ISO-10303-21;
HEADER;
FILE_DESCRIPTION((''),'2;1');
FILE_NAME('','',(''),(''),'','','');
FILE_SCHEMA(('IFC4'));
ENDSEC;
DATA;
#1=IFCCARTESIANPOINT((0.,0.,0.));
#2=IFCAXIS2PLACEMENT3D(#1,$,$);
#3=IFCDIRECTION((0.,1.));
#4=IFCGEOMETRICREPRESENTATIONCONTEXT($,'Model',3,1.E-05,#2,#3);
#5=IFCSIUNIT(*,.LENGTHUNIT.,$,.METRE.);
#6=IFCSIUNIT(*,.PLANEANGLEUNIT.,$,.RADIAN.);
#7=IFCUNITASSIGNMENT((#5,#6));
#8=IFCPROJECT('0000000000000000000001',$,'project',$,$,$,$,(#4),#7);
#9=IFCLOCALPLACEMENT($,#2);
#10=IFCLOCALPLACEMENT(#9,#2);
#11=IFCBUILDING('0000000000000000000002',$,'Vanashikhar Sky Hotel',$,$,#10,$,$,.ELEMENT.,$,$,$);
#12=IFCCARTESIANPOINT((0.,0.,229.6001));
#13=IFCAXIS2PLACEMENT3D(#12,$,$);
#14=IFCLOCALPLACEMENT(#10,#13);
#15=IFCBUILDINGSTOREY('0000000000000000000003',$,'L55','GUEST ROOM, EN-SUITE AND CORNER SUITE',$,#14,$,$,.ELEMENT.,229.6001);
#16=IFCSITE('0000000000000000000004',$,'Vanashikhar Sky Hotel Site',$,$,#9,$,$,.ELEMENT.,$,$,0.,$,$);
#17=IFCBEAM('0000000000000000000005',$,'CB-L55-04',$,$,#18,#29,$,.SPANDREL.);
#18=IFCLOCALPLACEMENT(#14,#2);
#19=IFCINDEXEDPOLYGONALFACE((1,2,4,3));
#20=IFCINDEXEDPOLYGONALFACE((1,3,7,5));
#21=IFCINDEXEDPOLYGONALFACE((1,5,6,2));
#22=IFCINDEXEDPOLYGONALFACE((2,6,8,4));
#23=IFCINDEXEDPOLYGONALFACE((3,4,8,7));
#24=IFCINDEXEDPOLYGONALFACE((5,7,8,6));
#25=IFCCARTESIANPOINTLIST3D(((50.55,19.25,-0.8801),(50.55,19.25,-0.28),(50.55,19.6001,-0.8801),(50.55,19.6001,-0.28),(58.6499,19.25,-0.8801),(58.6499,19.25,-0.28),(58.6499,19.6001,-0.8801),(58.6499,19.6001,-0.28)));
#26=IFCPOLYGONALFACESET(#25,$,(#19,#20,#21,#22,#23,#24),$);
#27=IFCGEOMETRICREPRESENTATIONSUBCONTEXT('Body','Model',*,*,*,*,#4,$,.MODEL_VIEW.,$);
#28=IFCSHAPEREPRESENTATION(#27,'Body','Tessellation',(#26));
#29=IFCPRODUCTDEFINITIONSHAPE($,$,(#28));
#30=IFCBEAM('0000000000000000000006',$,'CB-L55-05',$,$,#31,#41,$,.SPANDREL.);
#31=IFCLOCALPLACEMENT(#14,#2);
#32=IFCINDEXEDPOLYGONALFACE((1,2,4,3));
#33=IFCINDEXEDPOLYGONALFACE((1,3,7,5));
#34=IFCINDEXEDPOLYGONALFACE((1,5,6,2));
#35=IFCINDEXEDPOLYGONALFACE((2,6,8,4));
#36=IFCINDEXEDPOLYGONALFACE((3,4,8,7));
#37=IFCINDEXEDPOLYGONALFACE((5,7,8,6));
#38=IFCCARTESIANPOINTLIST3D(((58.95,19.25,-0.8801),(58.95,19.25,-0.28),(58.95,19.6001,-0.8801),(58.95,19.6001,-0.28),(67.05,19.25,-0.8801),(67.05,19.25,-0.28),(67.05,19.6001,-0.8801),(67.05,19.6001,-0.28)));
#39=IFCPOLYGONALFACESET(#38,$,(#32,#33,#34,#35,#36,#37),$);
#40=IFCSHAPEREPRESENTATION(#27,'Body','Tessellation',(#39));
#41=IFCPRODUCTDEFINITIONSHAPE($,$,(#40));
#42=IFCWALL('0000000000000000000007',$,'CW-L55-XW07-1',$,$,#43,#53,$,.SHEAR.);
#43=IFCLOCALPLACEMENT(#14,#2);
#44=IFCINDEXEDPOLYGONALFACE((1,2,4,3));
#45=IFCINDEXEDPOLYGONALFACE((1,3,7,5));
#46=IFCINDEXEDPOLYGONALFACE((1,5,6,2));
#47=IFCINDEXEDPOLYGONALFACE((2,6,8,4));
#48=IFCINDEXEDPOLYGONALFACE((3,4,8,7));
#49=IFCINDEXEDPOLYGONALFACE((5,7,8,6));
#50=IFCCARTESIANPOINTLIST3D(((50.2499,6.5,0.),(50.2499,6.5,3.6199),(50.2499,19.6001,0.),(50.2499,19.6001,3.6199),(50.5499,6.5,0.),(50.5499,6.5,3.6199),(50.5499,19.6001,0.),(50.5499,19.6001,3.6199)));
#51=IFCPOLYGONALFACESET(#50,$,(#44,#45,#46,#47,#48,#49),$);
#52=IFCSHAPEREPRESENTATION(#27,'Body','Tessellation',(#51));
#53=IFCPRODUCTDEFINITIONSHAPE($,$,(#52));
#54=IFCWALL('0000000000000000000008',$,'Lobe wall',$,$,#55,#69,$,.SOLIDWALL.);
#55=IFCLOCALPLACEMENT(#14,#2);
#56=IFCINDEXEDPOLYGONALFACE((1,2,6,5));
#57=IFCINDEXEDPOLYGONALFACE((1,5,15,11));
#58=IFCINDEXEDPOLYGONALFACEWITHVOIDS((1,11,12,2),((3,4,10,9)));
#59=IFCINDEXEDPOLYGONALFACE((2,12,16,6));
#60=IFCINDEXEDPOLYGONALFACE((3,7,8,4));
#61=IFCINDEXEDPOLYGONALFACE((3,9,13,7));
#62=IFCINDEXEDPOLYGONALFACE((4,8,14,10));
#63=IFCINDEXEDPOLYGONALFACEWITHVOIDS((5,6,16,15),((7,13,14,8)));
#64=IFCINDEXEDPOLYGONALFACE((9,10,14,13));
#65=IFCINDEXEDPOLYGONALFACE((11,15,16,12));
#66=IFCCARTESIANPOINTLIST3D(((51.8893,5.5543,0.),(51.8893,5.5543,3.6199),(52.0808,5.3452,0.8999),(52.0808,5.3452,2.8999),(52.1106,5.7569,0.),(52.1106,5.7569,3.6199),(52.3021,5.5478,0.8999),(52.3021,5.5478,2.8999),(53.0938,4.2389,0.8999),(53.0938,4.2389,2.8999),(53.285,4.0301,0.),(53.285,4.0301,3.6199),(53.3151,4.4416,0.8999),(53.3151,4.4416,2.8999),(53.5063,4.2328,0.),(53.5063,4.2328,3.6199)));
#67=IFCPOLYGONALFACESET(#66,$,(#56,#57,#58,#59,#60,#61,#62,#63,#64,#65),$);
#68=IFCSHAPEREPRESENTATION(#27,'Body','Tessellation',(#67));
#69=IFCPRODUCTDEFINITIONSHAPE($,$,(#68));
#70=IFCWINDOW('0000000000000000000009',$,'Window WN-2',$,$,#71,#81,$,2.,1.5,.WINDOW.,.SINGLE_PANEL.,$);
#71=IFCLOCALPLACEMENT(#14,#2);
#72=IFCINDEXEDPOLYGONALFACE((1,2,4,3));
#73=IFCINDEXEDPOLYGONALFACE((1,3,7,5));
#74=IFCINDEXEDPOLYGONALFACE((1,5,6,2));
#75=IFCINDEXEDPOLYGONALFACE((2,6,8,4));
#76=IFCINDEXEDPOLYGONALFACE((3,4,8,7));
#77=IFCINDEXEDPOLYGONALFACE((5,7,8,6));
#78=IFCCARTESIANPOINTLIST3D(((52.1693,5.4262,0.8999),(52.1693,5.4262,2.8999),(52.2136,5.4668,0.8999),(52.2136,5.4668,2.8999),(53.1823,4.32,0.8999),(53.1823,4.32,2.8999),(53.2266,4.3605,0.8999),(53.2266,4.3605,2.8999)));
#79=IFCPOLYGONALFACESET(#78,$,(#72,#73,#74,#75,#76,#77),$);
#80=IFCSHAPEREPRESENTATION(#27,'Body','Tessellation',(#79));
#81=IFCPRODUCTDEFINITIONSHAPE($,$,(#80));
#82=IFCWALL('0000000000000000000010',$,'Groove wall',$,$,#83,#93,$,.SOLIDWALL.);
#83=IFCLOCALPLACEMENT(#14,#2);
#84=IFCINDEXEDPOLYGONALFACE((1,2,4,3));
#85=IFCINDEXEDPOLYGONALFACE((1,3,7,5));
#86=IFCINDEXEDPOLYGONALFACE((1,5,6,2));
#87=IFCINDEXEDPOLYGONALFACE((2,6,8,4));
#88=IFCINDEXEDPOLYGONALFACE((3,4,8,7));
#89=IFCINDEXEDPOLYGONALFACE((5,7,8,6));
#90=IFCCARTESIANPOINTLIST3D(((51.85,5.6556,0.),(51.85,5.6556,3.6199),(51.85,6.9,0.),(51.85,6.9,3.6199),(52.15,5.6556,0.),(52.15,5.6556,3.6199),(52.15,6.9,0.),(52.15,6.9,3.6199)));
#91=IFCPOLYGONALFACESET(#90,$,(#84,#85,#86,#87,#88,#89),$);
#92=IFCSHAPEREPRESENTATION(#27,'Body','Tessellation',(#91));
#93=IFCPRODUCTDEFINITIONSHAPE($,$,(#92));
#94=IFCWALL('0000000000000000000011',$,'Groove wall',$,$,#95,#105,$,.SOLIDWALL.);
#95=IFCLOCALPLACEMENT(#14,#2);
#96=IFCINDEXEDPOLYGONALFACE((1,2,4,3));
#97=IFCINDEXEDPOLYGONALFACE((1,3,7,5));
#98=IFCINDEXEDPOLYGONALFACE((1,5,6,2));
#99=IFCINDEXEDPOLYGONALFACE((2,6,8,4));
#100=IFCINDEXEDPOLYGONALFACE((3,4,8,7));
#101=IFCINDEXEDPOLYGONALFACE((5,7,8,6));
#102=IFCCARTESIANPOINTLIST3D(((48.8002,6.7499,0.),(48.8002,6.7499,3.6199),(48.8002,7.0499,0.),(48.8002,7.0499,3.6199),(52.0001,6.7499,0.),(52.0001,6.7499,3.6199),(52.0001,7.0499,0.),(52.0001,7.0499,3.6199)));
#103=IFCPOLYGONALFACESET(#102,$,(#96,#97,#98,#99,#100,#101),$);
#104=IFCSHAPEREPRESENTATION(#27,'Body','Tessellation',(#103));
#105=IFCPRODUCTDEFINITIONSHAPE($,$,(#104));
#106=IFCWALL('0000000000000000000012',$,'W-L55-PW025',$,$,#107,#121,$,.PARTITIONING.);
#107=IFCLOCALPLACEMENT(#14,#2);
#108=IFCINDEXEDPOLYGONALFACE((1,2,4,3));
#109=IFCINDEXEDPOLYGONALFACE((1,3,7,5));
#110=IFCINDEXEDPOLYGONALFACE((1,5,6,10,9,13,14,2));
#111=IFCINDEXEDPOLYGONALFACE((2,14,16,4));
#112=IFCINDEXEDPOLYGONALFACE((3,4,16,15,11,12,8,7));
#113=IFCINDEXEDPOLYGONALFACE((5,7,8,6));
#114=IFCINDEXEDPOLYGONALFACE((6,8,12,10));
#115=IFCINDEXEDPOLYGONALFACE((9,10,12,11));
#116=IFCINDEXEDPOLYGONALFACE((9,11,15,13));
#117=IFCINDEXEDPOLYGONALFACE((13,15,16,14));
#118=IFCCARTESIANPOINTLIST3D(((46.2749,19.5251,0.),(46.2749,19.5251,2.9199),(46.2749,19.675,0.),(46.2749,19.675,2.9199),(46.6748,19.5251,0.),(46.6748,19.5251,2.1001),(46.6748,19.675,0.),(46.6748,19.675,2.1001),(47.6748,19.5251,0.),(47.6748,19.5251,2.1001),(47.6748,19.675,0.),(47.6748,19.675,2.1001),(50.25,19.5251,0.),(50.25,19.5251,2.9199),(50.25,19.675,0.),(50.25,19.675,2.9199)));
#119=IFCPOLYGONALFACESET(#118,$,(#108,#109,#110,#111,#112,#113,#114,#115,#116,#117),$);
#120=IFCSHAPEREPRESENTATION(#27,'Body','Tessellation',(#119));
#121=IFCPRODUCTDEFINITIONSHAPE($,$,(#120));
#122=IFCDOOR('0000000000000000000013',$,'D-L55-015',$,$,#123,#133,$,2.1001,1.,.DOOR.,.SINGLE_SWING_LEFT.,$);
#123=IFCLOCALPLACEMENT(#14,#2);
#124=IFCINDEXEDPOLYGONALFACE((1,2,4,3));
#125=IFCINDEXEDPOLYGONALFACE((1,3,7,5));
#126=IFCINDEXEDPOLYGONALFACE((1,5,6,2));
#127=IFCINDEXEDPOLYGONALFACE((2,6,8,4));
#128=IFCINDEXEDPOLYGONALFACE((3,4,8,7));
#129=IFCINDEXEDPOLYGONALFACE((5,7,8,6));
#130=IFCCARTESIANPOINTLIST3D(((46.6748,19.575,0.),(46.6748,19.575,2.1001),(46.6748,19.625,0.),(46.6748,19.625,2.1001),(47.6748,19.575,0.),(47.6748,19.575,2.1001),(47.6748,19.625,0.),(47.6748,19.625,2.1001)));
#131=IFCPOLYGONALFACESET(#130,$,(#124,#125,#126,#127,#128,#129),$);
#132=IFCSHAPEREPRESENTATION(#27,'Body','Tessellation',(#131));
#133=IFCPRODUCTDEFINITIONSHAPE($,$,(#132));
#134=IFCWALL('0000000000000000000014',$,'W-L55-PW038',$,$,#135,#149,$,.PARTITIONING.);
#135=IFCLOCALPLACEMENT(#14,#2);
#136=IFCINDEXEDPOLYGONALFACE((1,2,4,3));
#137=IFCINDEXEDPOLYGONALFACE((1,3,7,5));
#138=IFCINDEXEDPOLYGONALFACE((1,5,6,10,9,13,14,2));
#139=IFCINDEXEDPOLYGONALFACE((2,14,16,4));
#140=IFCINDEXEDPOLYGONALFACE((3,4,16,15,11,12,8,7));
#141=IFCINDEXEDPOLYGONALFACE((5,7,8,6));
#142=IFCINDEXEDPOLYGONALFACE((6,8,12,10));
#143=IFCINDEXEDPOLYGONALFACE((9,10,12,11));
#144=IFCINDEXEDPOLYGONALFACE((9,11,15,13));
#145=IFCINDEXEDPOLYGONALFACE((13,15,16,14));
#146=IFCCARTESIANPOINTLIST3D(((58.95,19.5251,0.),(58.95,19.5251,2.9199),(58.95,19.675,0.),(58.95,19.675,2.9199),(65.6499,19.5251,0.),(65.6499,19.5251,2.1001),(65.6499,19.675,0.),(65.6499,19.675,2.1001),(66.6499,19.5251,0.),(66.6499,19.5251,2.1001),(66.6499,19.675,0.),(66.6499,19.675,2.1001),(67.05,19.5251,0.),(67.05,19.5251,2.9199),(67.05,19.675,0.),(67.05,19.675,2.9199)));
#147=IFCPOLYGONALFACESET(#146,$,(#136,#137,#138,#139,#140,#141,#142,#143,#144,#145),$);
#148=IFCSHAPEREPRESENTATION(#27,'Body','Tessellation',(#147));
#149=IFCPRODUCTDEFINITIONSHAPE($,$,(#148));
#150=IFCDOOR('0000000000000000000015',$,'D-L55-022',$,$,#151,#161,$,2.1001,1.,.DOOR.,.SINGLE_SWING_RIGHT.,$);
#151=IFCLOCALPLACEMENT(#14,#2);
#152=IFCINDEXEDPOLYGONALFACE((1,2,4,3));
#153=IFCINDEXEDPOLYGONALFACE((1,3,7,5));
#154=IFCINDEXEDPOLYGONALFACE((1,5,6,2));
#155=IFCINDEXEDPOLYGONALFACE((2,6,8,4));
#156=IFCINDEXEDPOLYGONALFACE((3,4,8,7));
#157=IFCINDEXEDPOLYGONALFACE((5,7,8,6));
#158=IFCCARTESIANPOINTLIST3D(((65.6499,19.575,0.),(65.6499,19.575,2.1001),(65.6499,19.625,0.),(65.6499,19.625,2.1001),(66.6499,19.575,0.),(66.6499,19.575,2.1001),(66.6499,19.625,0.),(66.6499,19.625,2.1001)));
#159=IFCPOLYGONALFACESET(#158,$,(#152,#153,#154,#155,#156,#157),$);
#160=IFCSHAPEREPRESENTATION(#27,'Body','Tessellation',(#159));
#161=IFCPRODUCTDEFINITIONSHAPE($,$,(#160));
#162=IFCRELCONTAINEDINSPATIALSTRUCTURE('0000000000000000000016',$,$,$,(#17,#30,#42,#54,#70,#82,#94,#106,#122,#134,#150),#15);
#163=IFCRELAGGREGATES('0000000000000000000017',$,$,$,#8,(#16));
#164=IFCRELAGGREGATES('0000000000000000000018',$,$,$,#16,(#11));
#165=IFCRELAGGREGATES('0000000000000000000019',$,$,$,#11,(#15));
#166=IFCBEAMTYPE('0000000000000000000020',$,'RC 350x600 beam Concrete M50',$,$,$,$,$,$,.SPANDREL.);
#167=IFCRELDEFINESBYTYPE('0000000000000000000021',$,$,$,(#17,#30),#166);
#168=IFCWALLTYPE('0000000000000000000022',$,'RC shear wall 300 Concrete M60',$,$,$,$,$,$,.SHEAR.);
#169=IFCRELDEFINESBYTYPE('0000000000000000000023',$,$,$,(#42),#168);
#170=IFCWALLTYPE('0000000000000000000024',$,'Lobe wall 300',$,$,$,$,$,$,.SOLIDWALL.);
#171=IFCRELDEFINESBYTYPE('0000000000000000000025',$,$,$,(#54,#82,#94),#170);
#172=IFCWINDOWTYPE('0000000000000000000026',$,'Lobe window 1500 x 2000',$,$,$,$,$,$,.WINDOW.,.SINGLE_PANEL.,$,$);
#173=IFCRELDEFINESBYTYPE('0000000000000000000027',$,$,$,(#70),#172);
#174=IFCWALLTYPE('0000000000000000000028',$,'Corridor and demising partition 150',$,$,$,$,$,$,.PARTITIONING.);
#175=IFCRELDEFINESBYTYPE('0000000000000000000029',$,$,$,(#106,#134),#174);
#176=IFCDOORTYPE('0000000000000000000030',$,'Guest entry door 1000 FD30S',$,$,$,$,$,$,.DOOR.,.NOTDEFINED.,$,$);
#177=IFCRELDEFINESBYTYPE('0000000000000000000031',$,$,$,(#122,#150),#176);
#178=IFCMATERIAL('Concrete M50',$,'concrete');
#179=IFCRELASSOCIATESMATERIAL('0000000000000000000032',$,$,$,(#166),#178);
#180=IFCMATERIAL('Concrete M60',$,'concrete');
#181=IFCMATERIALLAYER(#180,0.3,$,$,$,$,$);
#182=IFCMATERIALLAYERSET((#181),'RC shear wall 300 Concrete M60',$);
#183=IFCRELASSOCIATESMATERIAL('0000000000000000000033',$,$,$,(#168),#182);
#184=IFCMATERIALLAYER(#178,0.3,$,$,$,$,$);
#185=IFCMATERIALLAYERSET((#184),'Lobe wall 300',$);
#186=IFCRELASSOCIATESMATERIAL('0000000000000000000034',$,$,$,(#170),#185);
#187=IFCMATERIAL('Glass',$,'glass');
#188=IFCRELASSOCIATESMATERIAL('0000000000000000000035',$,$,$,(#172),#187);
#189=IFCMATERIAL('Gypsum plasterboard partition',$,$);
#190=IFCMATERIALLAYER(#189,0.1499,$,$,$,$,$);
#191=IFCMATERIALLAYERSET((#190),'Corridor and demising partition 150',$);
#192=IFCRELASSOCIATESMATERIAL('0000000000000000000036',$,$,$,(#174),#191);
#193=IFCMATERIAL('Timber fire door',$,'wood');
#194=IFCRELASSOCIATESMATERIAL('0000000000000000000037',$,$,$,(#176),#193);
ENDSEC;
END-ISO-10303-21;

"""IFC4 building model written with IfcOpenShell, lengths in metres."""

from ifc_helpers import new_model, si_unit, direction, frame, frame_2d, origin, origin_2d, place, context, subcontext, project, spatial, rectangle, extrude, source, transform, mapped, material, layer, layer_set, material_profile, profile_set, type_object, element, fill, save


model = new_model("IFC4")

# Units and contexts
model_context = context("Model", 3, precision=1e-05, world=origin(), true_north=direction((0.0, 1.0)))
body_context = subcontext(model_context, "Body", "Model", "MODEL_VIEW")
ifc_project = project(units=[si_unit("LENGTHUNIT", "METRE"), si_unit("PLANEANGLEUNIT", "RADIAN")], contexts=[model_context])

# Site, building, storey
site_placement = place(None, origin())
site = spatial("IfcSite", under=ifc_project, at=site_placement, Name="Vanashikhar Sky Hotel Site", CompositionType="ELEMENT", RefElevation=0.0)
building_placement = place(site_placement, origin())
building = spatial("IfcBuilding", under=site, at=building_placement, Name="Vanashikhar Sky Hotel", CompositionType="ELEMENT")
storey_placement = place(building_placement, frame((0.0, 0.0, 229.6001)))
storey = spatial("IfcBuildingStorey", under=building, at=storey_placement, Name="L55", Description="GUEST ROOM, EN-SUITE AND CORNER SUITE", CompositionType="ELEMENT", Elevation=229.6001)

# Beams
ifc_material_1 = material(Name="Concrete M50", Category="concrete")
ifc_material_profile = material_profile(ifc_material_1, rectangle(XDim=0.3501, YDim=0.6001, at=origin_2d()))
ifc_profile_set = profile_set([ifc_material_profile], Name="RC 350x600 beam Concrete M50")
beam_type = type_object("IfcBeamType", Name="RC 350x600 beam Concrete M50", PredefinedType="SPANDREL", material=ifc_profile_set)
shared_shape_1 = source(origin(), body_context, "Body", "SweptSolid", [
    extrude(rectangle(XDim=0.3501, YDim=0.6001, at=origin_2d()), origin(), (0.0, 0.0, 1.0), 8.0999),
])
beam_1_placement = place(storey_placement, frame((50.55, 19.425, -0.5801), z_axis=(1.0, 0.0, 0.0), x_axis=(0.0, 1.0, 0.0)))
element("IfcBeam", 1, at=beam_1_placement, inside=storey, type_object=beam_type, Name="CB-L55-04", PredefinedType="SPANDREL", context=body_context, shape_type="MappedRepresentation", body=[
    mapped(shared_shape_1, transform((0.0, 0.0, 0.0), scale=1.0)),
])
shared_shape_2 = source(origin(), body_context, "Body", "SweptSolid", [
    extrude(rectangle(XDim=0.3501, YDim=0.6001, at=origin_2d()), origin(), (0.0, 0.0, 1.0), 8.1001),
])
beam_2_placement = place(storey_placement, frame((58.95, 19.425, -0.5801), z_axis=(1.0, 0.0, 0.0), x_axis=(0.0, 1.0, 0.0)))
element("IfcBeam", 2, at=beam_2_placement, inside=storey, type_object=beam_type, Name="CB-L55-05", PredefinedType="SPANDREL", context=body_context, shape_type="MappedRepresentation", body=[
    mapped(shared_shape_2, transform((0.0, 0.0, 0.0), scale=1.0)),
])

# Wall
ifc_material_2 = material(Name="Concrete M60", Category="concrete")
ifc_layer_1 = layer(ifc_material_2, 0.3)
ifc_layer_set_1 = layer_set([ifc_layer_1], Name="RC shear wall 300 Concrete M60")
wall_type_1 = type_object("IfcWallType", Name="RC shear wall 300 Concrete M60", PredefinedType="SHEAR", material=ifc_layer_set_1)
shared_shape_3 = source(origin(), body_context, "Body", "SweptSolid", [
    extrude(rectangle(XDim=13.1001, YDim=0.3, at=frame_2d((6.55, 0.0))), origin(), (0.0, 0.0, 1.0), 3.6199),
])
wall_1_placement = place(storey_placement, frame((50.3999, 6.5, 0.0), z_axis=(0.0, 0.0, 1.0), x_axis=(0.0, 1.0, 0.0)))
element("IfcWall", 3, at=wall_1_placement, inside=storey, type_object=wall_type_1, Name="CW-L55-XW07-1", PredefinedType="SHEAR", context=body_context, shape_type="MappedRepresentation", body=[
    mapped(shared_shape_3, transform((0.0, 0.0, 0.0), scale=1.0)),
])

# Wall, opening, window
ifc_layer_2 = layer(ifc_material_1, 0.3)
ifc_layer_set_2 = layer_set([ifc_layer_2], Name="Lobe wall 300")
wall_type_2 = type_object("IfcWallType", Name="Lobe wall 300", PredefinedType="SOLIDWALL", material=ifc_layer_set_2)
shared_shape_4 = source(origin(), body_context, "Body", "SweptSolid", [
    extrude(rectangle(XDim=2.0667, YDim=0.3, at=frame_2d((1.0332, 0.0))), origin(), (0.0, 0.0, 1.0), 3.6199),
])
wall_2_placement = place(storey_placement, frame((52.0, 5.6555, 0.0), z_axis=(0.0, 0.0, 1.0), x_axis=(0.675355, -0.737492, 0.0)))
wall_2 = element("IfcWall", 4, at=wall_2_placement, inside=storey, type_object=wall_type_2, Name="Lobe wall", PredefinedType="SOLIDWALL", context=body_context, shape_type="MappedRepresentation", body=[
    mapped(shared_shape_4, transform((0.0, 0.0, 0.0), scale=1.0)),
])
shared_shape_5 = source(origin(), body_context, "Body", "SweptSolid", [
    extrude(rectangle(XDim=1.5, YDim=2.0, at=frame_2d((0.75, 1.0))), frame((0.0, 0.1602, 0.0), z_axis=(0.0, -1.0, 0.0), x_axis=(1.0, 0.0, 0.0)), (0.0, 0.0, 1.0), 0.3201),
])
opening_1_placement = place(wall_2_placement, frame((0.2834, 0.0, 0.8999)))
opening_1 = element("IfcOpeningElement", 5, at=opening_1_placement, cuts=wall_2, PredefinedType="OPENING", context=body_context, shape_type="MappedRepresentation", body=[
    mapped(shared_shape_5, transform((0.0, 0.0, 0.0), scale=1.0)),
])
ifc_material_3 = material(Name="Glass", Category="glass")
window_type = type_object("IfcWindowType", Name="Lobe window 1500 x 2000", PartitioningType="SINGLE_PANEL", PredefinedType="WINDOW", material=ifc_material_3)
shared_shape_6 = source(origin(), body_context, "Body", "SweptSolid", [
    extrude(rectangle(XDim=1.5, YDim=2.0, at=frame_2d((0.75, 1.0))), frame((0.0, 0.03, 0.0), z_axis=(0.0, -1.0, 0.0), x_axis=(1.0, 0.0, 0.0)), (0.0, 0.0, 1.0), 0.0601),
])
window_placement = place(opening_1_placement, origin())
window = element("IfcWindow", 6, at=window_placement, inside=storey, type_object=window_type, Name="Window WN-2", OverallHeight=2.0, OverallWidth=1.5, PartitioningType="SINGLE_PANEL", PredefinedType="WINDOW", context=body_context, shape_type="MappedRepresentation", body=[
    mapped(shared_shape_6, transform((0.0, 0.0, 0.0), scale=1.0)),
])
fill(opening_1, window)

# Walls
shared_shape_7 = source(origin(), body_context, "Body", "SweptSolid", [
    extrude(rectangle(XDim=1.2444, YDim=0.3, at=frame_2d((0.6221, 0.0))), origin(), (0.0, 0.0, 1.0), 3.6199),
])
wall_3_placement = place(storey_placement, frame((52.0, 6.8999, 0.0), z_axis=(0.0, 0.0, 1.0), x_axis=(0.0, -1.0, 0.0)))
element("IfcWall", 7, at=wall_3_placement, inside=storey, type_object=wall_type_2, Name="Groove wall", PredefinedType="SOLIDWALL", context=body_context, shape_type="MappedRepresentation", body=[
    mapped(shared_shape_7, transform((0.0, 0.0, 0.0), scale=1.0)),
])
shared_shape_8 = source(origin(), body_context, "Body", "SweptSolid", [
    extrude(rectangle(XDim=3.2, YDim=0.3, at=frame_2d((1.6001, 0.0))), origin(), (0.0, 0.0, 1.0), 3.6199),
])
wall_4_placement = place(storey_placement, frame((48.8, 6.8999, 0.0), z_axis=(0.0, 0.0, 1.0), x_axis=(1.0, 0.0, 0.0)))
element("IfcWall", 8, at=wall_4_placement, inside=storey, type_object=wall_type_2, Name="Groove wall", PredefinedType="SOLIDWALL", context=body_context, shape_type="MappedRepresentation", body=[
    mapped(shared_shape_8, transform((0.0, 0.0, 0.0), scale=1.0)),
])

# Walls, openings, doors
ifc_material_4 = material(Name="Gypsum plasterboard partition")
ifc_layer_3 = layer(ifc_material_4, 0.1499)
ifc_layer_set_3 = layer_set([ifc_layer_3], Name="Corridor and demising partition 150")
wall_type_3 = type_object("IfcWallType", Name="Corridor and demising partition 150", PredefinedType="PARTITIONING", material=ifc_layer_set_3)
shared_shape_9 = source(origin(), body_context, "Body", "SweptSolid", [
    extrude(rectangle(XDim=3.9751, YDim=0.1499, at=frame_2d((1.9875, 0.0))), origin(), (0.0, 0.0, 1.0), 2.9199),
])
wall_5_placement = place(storey_placement, frame((46.2749, 19.6001, 0.0), z_axis=(0.0, 0.0, 1.0), x_axis=(1.0, 0.0, 0.0)))
wall_5 = element("IfcWall", 9, at=wall_5_placement, inside=storey, type_object=wall_type_3, Name="W-L55-PW025", PredefinedType="PARTITIONING", context=body_context, shape_type="MappedRepresentation", body=[
    mapped(shared_shape_9, transform((0.0, 0.0, 0.0), scale=1.0)),
])
shared_shape_10 = source(origin(), body_context, "Body", "SweptSolid", [
    extrude(rectangle(XDim=1.0, YDim=2.1001, at=frame_2d((0.5, 1.05))), frame((0.0, 0.085, 0.0), z_axis=(0.0, -1.0, 0.0), x_axis=(1.0, 0.0, 0.0)), (0.0, 0.0, 1.0), 0.1699),
])
opening_2_placement = place(wall_5_placement, frame((0.3999, 0.0, 0.0)))
opening_2 = element("IfcOpeningElement", 10, at=opening_2_placement, cuts=wall_5, PredefinedType="OPENING", context=body_context, shape_type="MappedRepresentation", body=[
    mapped(shared_shape_10, transform((0.0, 0.0, 0.0), scale=1.0)),
])
ifc_material_5 = material(Name="Timber fire door", Category="wood")
door_type_1 = type_object("IfcDoorType", Name="Guest entry door 1000 FD30S", OperationType="NOTDEFINED", PredefinedType="DOOR", material=ifc_material_5)
shared_shape_11 = source(origin(), body_context, "Body", "SweptSolid", [
    extrude(rectangle(XDim=1.0, YDim=2.1001, at=frame_2d((0.5, 1.05))), frame((0.0, 0.0249, 0.0), z_axis=(0.0, -1.0, 0.0), x_axis=(1.0, 0.0, 0.0)), (0.0, 0.0, 1.0), 0.05),
])
door_1_placement = place(opening_2_placement, origin())
door_1 = element("IfcDoor", 11, at=door_1_placement, inside=storey, type_object=door_type_1, Name="D-L55-015", OperationType="SINGLE_SWING_LEFT", OverallHeight=2.1001, OverallWidth=1.0, PredefinedType="DOOR", context=body_context, shape_type="MappedRepresentation", body=[
    mapped(shared_shape_11, transform((0.0, 0.0, 0.0), scale=1.0)),
])
fill(opening_2, door_1)
shared_shape_12 = source(origin(), body_context, "Body", "SweptSolid", [
    extrude(rectangle(XDim=8.1001, YDim=0.1499, at=frame_2d((4.05, 0.0))), origin(), (0.0, 0.0, 1.0), 2.9199),
])
wall_6_placement = place(storey_placement, frame((58.95, 19.6001, 0.0), z_axis=(0.0, 0.0, 1.0), x_axis=(1.0, 0.0, 0.0)))
wall_6 = element("IfcWall", 12, at=wall_6_placement, inside=storey, type_object=wall_type_3, Name="W-L55-PW038", PredefinedType="PARTITIONING", context=body_context, shape_type="MappedRepresentation", body=[
    mapped(shared_shape_12, transform((0.0, 0.0, 0.0), scale=1.0)),
])
opening_3_placement = place(wall_6_placement, frame((6.7, 0.0, 0.0)))
opening_3 = element("IfcOpeningElement", 13, at=opening_3_placement, cuts=wall_6, PredefinedType="OPENING", context=body_context, shape_type="MappedRepresentation", body=[
    mapped(shared_shape_10, transform((0.0, 0.0, 0.0), scale=1.0)),
])
door_2_placement = place(opening_3_placement, origin())
door_2 = element("IfcDoor", 14, at=door_2_placement, inside=storey, type_object=door_type_1, Name="D-L55-022", OperationType="SINGLE_SWING_RIGHT", OverallHeight=2.1001, OverallWidth=1.0, PredefinedType="DOOR", context=body_context, shape_type="MappedRepresentation", body=[
    mapped(shared_shape_11, transform((0.0, 0.0, 0.0), scale=1.0)),
])
fill(opening_3, door_2)

save(model, "model.ifc")
